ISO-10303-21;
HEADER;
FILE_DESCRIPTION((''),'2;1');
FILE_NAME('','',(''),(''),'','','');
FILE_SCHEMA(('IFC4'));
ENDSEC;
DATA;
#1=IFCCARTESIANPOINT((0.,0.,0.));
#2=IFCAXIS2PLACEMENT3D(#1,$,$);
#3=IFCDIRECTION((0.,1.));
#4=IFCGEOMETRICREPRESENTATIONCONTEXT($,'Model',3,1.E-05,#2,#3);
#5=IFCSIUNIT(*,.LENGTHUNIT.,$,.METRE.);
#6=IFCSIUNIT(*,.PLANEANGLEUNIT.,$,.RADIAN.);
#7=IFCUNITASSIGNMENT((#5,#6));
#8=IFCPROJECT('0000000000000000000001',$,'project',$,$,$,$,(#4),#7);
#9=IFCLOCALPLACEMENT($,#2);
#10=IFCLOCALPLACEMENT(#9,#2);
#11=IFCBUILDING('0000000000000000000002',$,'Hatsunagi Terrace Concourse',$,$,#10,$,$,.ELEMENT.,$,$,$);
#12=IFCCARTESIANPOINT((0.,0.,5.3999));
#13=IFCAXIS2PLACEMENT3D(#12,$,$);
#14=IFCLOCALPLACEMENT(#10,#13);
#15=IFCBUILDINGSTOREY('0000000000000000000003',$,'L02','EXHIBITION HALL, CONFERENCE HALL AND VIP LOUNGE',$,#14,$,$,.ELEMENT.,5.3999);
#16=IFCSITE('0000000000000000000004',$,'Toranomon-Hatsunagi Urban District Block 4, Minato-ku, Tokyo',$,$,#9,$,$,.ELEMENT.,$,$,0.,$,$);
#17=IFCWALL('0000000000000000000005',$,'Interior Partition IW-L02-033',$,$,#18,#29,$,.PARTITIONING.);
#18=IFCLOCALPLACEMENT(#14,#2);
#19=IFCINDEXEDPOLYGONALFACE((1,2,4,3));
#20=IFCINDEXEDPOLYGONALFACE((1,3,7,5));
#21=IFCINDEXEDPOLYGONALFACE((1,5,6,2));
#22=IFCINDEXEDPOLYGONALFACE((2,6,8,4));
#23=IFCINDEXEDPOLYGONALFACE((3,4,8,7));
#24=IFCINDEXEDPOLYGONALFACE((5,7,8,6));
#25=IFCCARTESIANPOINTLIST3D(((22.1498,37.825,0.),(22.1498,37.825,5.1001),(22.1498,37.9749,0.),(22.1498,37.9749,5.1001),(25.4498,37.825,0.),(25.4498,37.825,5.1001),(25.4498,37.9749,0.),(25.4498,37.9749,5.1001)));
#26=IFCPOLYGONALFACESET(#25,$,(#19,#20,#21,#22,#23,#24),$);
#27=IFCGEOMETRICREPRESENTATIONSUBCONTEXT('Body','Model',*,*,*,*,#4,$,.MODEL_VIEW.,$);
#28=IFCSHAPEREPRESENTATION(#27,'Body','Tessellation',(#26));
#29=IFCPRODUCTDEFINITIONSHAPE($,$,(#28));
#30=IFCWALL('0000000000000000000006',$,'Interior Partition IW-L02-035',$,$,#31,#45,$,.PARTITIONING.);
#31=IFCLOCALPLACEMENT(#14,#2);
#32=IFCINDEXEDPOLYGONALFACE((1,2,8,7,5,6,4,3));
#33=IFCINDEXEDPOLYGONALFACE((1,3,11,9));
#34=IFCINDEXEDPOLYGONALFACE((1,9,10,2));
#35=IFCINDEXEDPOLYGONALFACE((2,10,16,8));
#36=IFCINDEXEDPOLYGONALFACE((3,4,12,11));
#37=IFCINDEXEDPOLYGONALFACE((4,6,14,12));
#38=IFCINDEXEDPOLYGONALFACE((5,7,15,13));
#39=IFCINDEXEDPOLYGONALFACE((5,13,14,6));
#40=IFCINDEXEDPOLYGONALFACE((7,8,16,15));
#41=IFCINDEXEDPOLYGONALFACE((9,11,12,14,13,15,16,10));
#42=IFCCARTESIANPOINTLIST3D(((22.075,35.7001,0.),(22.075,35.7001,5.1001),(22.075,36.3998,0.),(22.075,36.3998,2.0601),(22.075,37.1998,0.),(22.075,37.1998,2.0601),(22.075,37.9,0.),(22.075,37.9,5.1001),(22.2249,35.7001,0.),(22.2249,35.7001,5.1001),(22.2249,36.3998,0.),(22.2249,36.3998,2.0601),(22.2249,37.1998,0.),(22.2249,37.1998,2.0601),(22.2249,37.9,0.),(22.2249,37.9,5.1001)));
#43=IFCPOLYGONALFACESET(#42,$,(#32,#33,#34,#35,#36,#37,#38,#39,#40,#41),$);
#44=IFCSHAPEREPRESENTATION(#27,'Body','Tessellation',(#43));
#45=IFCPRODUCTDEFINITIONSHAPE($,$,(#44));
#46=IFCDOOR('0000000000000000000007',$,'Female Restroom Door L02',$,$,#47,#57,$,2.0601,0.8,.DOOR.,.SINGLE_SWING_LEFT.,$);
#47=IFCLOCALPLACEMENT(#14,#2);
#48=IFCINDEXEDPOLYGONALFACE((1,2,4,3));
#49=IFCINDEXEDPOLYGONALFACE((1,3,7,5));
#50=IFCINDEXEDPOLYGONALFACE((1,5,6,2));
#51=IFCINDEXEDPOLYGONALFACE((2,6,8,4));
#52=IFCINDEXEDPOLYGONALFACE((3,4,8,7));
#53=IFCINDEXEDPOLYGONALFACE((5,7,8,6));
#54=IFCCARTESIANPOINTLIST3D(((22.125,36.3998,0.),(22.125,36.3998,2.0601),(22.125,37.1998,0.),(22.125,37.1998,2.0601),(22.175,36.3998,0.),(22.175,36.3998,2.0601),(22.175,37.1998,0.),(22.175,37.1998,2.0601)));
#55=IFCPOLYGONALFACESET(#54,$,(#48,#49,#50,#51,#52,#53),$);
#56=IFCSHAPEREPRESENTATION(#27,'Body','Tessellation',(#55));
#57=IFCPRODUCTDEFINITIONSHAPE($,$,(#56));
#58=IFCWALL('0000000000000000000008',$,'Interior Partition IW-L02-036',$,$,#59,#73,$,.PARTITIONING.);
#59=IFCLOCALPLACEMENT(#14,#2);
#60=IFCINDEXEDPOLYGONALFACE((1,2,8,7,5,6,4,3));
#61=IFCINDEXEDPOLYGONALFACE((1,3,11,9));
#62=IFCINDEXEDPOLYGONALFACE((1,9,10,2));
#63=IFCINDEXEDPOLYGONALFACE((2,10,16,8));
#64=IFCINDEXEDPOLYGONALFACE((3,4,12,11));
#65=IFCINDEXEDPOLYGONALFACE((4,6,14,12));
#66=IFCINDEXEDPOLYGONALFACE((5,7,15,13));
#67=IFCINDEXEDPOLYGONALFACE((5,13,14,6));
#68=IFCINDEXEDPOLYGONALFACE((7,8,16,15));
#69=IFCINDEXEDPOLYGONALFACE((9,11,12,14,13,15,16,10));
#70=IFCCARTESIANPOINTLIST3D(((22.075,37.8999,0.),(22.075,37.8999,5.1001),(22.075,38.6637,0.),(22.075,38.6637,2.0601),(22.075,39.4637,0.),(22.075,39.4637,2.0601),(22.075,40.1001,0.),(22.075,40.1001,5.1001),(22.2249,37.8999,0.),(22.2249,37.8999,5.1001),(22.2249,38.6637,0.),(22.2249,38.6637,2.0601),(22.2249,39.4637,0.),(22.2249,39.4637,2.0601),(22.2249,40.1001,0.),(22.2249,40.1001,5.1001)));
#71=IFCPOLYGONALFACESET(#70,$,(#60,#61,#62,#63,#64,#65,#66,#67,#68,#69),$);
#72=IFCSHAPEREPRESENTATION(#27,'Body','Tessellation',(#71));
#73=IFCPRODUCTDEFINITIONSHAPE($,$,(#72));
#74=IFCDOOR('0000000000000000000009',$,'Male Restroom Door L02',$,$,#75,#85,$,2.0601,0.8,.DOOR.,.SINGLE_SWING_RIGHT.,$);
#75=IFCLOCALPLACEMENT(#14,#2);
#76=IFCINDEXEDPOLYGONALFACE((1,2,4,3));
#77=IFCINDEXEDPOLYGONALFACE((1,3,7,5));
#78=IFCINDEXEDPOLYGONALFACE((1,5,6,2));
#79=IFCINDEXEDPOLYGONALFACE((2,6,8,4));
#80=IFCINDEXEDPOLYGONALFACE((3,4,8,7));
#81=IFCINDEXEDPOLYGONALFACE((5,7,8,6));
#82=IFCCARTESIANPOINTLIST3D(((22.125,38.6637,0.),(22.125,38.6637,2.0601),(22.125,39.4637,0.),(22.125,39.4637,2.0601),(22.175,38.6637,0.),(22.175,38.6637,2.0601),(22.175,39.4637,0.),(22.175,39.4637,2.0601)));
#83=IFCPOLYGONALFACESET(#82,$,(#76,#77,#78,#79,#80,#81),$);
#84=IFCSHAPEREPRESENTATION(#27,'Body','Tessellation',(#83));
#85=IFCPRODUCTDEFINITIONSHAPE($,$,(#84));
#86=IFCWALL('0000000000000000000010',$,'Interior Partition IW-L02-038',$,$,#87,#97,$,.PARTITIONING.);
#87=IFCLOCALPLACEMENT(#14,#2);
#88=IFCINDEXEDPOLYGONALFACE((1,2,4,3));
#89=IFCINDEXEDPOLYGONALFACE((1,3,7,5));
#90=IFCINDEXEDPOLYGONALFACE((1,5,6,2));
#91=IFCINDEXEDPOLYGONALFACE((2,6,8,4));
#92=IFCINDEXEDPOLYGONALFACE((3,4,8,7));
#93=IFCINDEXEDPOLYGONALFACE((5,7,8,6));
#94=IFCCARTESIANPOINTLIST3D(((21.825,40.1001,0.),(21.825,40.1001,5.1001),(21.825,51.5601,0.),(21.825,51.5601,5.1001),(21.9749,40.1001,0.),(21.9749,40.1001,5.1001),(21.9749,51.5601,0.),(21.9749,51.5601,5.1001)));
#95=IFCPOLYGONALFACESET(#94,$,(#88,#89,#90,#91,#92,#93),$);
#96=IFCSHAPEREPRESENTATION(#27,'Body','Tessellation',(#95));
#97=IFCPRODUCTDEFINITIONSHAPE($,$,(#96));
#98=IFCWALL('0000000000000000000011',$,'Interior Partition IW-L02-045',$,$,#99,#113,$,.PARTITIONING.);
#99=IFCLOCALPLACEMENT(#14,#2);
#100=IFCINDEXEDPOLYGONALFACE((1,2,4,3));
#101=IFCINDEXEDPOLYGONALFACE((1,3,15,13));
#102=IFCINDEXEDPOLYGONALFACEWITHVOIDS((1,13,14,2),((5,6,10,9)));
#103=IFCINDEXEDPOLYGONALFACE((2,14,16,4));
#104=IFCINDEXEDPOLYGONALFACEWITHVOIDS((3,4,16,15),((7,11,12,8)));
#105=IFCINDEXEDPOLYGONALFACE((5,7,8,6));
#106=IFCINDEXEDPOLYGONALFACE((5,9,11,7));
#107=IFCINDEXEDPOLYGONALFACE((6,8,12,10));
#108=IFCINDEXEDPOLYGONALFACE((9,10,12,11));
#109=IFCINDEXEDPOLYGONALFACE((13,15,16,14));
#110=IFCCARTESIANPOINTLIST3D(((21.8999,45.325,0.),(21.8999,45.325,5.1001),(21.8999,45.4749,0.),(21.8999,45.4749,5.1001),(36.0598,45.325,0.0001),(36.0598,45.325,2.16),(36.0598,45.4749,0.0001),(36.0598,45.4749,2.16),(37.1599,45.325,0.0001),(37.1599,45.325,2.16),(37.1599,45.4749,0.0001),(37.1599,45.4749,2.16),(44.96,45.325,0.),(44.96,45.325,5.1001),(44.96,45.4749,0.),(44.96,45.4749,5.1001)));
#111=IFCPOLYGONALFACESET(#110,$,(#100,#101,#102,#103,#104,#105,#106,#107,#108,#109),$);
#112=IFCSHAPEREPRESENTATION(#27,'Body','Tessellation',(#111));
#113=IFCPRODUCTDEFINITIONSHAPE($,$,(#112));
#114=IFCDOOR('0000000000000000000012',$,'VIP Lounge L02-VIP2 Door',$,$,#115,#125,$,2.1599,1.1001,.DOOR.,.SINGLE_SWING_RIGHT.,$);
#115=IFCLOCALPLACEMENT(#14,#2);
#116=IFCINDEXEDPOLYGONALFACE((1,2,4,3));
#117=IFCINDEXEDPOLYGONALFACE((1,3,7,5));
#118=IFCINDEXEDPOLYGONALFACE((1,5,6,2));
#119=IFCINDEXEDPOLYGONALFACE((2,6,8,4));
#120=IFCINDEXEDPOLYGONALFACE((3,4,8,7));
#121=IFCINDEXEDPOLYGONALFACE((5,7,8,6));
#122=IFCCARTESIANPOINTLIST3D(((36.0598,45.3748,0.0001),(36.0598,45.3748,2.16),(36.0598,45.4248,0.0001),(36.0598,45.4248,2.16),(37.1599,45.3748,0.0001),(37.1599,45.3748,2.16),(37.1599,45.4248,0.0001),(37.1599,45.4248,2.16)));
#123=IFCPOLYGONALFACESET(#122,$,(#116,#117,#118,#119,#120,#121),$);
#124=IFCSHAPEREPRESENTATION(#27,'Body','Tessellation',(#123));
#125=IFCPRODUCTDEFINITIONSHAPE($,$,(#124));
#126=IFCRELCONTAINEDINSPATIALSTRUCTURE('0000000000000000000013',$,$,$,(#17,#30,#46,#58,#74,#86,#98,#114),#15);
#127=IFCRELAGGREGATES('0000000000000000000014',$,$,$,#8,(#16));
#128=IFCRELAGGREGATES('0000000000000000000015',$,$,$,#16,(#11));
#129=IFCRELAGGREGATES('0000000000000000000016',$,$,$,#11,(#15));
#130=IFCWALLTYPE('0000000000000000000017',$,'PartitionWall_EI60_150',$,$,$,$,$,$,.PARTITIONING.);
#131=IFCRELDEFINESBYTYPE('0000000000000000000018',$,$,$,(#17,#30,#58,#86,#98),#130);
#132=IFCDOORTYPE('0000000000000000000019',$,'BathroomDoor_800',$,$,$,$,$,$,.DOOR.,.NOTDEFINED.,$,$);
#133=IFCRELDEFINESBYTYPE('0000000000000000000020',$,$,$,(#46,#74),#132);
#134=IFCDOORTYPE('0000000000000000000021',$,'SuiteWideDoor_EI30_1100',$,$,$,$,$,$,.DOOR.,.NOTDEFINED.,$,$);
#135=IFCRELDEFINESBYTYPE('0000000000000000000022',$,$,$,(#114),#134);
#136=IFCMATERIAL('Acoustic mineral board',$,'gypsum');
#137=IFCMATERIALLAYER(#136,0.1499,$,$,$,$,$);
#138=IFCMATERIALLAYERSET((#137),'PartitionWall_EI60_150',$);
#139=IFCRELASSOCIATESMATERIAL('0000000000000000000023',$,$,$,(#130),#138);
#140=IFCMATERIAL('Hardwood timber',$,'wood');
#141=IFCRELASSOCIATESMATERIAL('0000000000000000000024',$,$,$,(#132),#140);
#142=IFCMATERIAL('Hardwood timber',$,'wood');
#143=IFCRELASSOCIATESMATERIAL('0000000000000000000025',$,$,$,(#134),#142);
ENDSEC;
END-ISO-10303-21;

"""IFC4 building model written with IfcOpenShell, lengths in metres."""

from ifc_helpers import new_model, si_unit, direction, frame, frame_2d, origin, place, context, subcontext, project, spatial, rectangle, extrude, material, layer, layer_set, type_object, element, fill, save


model = new_model("IFC4")

# Units and contexts
model_context = context("Model", 3, precision=1e-05, world=origin(), true_north=direction((0.0, 1.0)))
body_context = subcontext(model_context, "Body", "Model", "MODEL_VIEW")
ifc_project = project(units=[si_unit("LENGTHUNIT", "METRE"), si_unit("PLANEANGLEUNIT", "RADIAN")], contexts=[model_context])

# Site, building, storey
site_placement = place(None, origin())
site = spatial("IfcSite", under=ifc_project, at=site_placement, Name="Toranomon-Hatsunagi Urban District Block 4, Minato-ku, Tokyo", CompositionType="ELEMENT", RefElevation=0.0)
building_placement = place(site_placement, origin())
building = spatial("IfcBuilding", under=site, at=building_placement, Name="Hatsunagi Terrace Concourse", CompositionType="ELEMENT")
storey_placement = place(building_placement, frame((0.0, 0.0, 5.3999)))
storey = spatial("IfcBuildingStorey", under=building, at=storey_placement, Name="L02", Description="EXHIBITION HALL, CONFERENCE HALL AND VIP LOUNGE", CompositionType="ELEMENT", Elevation=5.3999)

# Wall
ifc_material_1 = material(Name="Acoustic mineral board", Category="gypsum")
ifc_layer_1 = layer(ifc_material_1, 0.1499)
ifc_layer_set_1 = layer_set([ifc_layer_1], Name="PartitionWall_EI60_150")
wall_type = type_object("IfcWallType", Name="PartitionWall_EI60_150", PredefinedType="PARTITIONING", material=ifc_layer_set_1)
for number, where, z_axis, x_axis, name in (
    (1, (22.1499, 37.8999, 0.0), (0.0, 0.0, 1.0), (1.0, 0.0, 0.0), "Interior Partition IW-L02-033"),
):
    element("IfcWall", number, at=place(storey_placement, frame(where, z_axis=z_axis, x_axis=x_axis)), inside=storey, type_object=wall_type, Name=name, PredefinedType="PARTITIONING", context=body_context, shape_type="SweptSolid", body=[
        extrude(rectangle(XDim=3.3, YDim=0.1499, at=frame_2d((1.6499, 0.0))), origin(), (0.0, 0.0, 1.0), 5.1001),
    ])

# Walls, openings, doors
wall_1_placement = place(storey_placement, frame((22.1499, 35.7, 0.0), z_axis=(0.0, 0.0, 1.0), x_axis=(0.0, 1.0, 0.0)))
wall_1 = element("IfcWall", 2, at=wall_1_placement, inside=storey, type_object=wall_type, Name="Interior Partition IW-L02-035", PredefinedType="PARTITIONING", context=body_context, shape_type="SweptSolid", body=[
    extrude(rectangle(XDim=2.2, YDim=0.1499, at=frame_2d((1.1001, 0.0))), origin(), (0.0, 0.0, 1.0), 5.1001),
])
opening_1_placement = place(wall_1_placement, frame((0.7, 0.0, 0.0)))
opening_1 = element("IfcOpeningElement", 3, at=opening_1_placement, cuts=wall_1, PredefinedType="OPENING", context=body_context, shape_type="SweptSolid", body=[
    extrude(rectangle(XDim=0.8, YDim=2.0601, at=frame_2d((0.3999, 1.03))), frame((0.0, 0.085, 0.0), z_axis=(0.0, -1.0, 0.0), x_axis=(1.0, 0.0, 0.0)), (0.0, 0.0, 1.0), 0.1699),
])
ifc_material_2 = material(Name="Hardwood timber", Category="wood")
door_type_1 = type_object("IfcDoorType", Name="BathroomDoor_800", OperationType="NOTDEFINED", PredefinedType="DOOR", material=ifc_material_2)
door_1_placement = place(opening_1_placement, origin())
door_1 = element("IfcDoor", 4, at=door_1_placement, inside=storey, type_object=door_type_1, Name="Female Restroom Door L02", OperationType="SINGLE_SWING_LEFT", OverallHeight=2.0601, OverallWidth=0.8, PredefinedType="DOOR", context=body_context, shape_type="SweptSolid", body=[
    extrude(rectangle(XDim=0.8, YDim=2.0601, at=frame_2d((0.3999, 1.03))), frame((0.0, 0.0249, 0.0), z_axis=(0.0, -1.0, 0.0), x_axis=(1.0, 0.0, 0.0)), (0.0, 0.0, 1.0), 0.05),
])
fill(opening_1, door_1)
wall_2_placement = place(storey_placement, frame((22.1499, 37.8999, 0.0), z_axis=(0.0, 0.0, 1.0), x_axis=(0.0, 1.0, 0.0)))
wall_2 = element("IfcWall", 5, at=wall_2_placement, inside=storey, type_object=wall_type, Name="Interior Partition IW-L02-036", PredefinedType="PARTITIONING", context=body_context, shape_type="SweptSolid", body=[
    extrude(rectangle(XDim=2.2002, YDim=0.1499, at=frame_2d((1.1001, 0.0))), origin(), (0.0, 0.0, 1.0), 5.1001),
])
opening_2_placement = place(wall_2_placement, frame((0.7639, 0.0, 0.0)))
opening_2 = element("IfcOpeningElement", 6, at=opening_2_placement, cuts=wall_2, PredefinedType="OPENING", context=body_context, shape_type="SweptSolid", body=[
    extrude(rectangle(XDim=0.8, YDim=2.0601, at=frame_2d((0.3999, 1.03))), frame((0.0, 0.085, 0.0), z_axis=(0.0, -1.0, 0.0), x_axis=(1.0, 0.0, 0.0)), (0.0, 0.0, 1.0), 0.1699),
])
door_2_placement = place(opening_2_placement, origin())
door_2 = element("IfcDoor", 7, at=door_2_placement, inside=storey, type_object=door_type_1, Name="Male Restroom Door L02", OperationType="SINGLE_SWING_RIGHT", OverallHeight=2.0601, OverallWidth=0.8, PredefinedType="DOOR", context=body_context, shape_type="SweptSolid", body=[
    extrude(rectangle(XDim=0.8, YDim=2.0601, at=frame_2d((0.3999, 1.03))), frame((0.0, 0.0249, 0.0), z_axis=(0.0, -1.0, 0.0), x_axis=(1.0, 0.0, 0.0)), (0.0, 0.0, 1.0), 0.05),
])
fill(opening_2, door_2)

# Wall
wall_3_placement = place(storey_placement, frame((21.8999, 40.1001, 0.0), z_axis=(0.0, 0.0, 1.0), x_axis=(0.0, 1.0, 0.0)))
element("IfcWall", 8, at=wall_3_placement, inside=storey, type_object=wall_type, Name="Interior Partition IW-L02-038", PredefinedType="PARTITIONING", context=body_context, shape_type="SweptSolid", body=[
    extrude(rectangle(XDim=11.46, YDim=0.1499, at=frame_2d((5.73, 0.0))), origin(), (0.0, 0.0, 1.0), 5.1001),
])

# Wall, opening, door
wall_4_placement = place(storey_placement, frame((21.8999, 45.3999, 0.0), z_axis=(0.0, 0.0, 1.0), x_axis=(1.0, 0.0, 0.0)))
wall_4 = element("IfcWall", 9, at=wall_4_placement, inside=storey, type_object=wall_type, Name="Interior Partition IW-L02-045", PredefinedType="PARTITIONING", context=body_context, shape_type="SweptSolid", body=[
    extrude(rectangle(XDim=23.0601, YDim=0.1499, at=frame_2d((11.53, 0.0))), origin(), (0.0, 0.0, 1.0), 5.1001),
])
opening_3_placement = place(wall_4_placement, frame((14.1599, 0.0, 0.0)))
opening_3 = element("IfcOpeningElement", 10, at=opening_3_placement, cuts=wall_4, PredefinedType="OPENING", context=body_context, shape_type="SweptSolid", body=[
    extrude(rectangle(XDim=1.1001, YDim=2.1599, at=frame_2d((0.55, 1.0801))), frame((0.0, 0.085, 0.0), z_axis=(0.0, -1.0, 0.0), x_axis=(1.0, 0.0, 0.0)), (0.0, 0.0, 1.0), 0.1699),
])
ifc_material_3 = material(Name="Hardwood timber", Category="wood")
door_type_2 = type_object("IfcDoorType", Name="SuiteWideDoor_EI30_1100", OperationType="NOTDEFINED", PredefinedType="DOOR", material=ifc_material_3)
door_3_placement = place(opening_3_placement, origin())
door_3 = element("IfcDoor", 11, at=door_3_placement, inside=storey, type_object=door_type_2, Name="VIP Lounge L02-VIP2 Door", OperationType="SINGLE_SWING_RIGHT", OverallHeight=2.1599, OverallWidth=1.1001, PredefinedType="DOOR", context=body_context, shape_type="SweptSolid", body=[
    extrude(rectangle(XDim=1.1001, YDim=2.1599, at=frame_2d((0.55, 1.0801))), frame((0.0, 0.0249, 0.0), z_axis=(0.0, -1.0, 0.0), x_axis=(1.0, 0.0, 0.0)), (0.0, 0.0, 1.0), 0.05),
])
fill(opening_3, door_3)

save(model, "model.ifc")
